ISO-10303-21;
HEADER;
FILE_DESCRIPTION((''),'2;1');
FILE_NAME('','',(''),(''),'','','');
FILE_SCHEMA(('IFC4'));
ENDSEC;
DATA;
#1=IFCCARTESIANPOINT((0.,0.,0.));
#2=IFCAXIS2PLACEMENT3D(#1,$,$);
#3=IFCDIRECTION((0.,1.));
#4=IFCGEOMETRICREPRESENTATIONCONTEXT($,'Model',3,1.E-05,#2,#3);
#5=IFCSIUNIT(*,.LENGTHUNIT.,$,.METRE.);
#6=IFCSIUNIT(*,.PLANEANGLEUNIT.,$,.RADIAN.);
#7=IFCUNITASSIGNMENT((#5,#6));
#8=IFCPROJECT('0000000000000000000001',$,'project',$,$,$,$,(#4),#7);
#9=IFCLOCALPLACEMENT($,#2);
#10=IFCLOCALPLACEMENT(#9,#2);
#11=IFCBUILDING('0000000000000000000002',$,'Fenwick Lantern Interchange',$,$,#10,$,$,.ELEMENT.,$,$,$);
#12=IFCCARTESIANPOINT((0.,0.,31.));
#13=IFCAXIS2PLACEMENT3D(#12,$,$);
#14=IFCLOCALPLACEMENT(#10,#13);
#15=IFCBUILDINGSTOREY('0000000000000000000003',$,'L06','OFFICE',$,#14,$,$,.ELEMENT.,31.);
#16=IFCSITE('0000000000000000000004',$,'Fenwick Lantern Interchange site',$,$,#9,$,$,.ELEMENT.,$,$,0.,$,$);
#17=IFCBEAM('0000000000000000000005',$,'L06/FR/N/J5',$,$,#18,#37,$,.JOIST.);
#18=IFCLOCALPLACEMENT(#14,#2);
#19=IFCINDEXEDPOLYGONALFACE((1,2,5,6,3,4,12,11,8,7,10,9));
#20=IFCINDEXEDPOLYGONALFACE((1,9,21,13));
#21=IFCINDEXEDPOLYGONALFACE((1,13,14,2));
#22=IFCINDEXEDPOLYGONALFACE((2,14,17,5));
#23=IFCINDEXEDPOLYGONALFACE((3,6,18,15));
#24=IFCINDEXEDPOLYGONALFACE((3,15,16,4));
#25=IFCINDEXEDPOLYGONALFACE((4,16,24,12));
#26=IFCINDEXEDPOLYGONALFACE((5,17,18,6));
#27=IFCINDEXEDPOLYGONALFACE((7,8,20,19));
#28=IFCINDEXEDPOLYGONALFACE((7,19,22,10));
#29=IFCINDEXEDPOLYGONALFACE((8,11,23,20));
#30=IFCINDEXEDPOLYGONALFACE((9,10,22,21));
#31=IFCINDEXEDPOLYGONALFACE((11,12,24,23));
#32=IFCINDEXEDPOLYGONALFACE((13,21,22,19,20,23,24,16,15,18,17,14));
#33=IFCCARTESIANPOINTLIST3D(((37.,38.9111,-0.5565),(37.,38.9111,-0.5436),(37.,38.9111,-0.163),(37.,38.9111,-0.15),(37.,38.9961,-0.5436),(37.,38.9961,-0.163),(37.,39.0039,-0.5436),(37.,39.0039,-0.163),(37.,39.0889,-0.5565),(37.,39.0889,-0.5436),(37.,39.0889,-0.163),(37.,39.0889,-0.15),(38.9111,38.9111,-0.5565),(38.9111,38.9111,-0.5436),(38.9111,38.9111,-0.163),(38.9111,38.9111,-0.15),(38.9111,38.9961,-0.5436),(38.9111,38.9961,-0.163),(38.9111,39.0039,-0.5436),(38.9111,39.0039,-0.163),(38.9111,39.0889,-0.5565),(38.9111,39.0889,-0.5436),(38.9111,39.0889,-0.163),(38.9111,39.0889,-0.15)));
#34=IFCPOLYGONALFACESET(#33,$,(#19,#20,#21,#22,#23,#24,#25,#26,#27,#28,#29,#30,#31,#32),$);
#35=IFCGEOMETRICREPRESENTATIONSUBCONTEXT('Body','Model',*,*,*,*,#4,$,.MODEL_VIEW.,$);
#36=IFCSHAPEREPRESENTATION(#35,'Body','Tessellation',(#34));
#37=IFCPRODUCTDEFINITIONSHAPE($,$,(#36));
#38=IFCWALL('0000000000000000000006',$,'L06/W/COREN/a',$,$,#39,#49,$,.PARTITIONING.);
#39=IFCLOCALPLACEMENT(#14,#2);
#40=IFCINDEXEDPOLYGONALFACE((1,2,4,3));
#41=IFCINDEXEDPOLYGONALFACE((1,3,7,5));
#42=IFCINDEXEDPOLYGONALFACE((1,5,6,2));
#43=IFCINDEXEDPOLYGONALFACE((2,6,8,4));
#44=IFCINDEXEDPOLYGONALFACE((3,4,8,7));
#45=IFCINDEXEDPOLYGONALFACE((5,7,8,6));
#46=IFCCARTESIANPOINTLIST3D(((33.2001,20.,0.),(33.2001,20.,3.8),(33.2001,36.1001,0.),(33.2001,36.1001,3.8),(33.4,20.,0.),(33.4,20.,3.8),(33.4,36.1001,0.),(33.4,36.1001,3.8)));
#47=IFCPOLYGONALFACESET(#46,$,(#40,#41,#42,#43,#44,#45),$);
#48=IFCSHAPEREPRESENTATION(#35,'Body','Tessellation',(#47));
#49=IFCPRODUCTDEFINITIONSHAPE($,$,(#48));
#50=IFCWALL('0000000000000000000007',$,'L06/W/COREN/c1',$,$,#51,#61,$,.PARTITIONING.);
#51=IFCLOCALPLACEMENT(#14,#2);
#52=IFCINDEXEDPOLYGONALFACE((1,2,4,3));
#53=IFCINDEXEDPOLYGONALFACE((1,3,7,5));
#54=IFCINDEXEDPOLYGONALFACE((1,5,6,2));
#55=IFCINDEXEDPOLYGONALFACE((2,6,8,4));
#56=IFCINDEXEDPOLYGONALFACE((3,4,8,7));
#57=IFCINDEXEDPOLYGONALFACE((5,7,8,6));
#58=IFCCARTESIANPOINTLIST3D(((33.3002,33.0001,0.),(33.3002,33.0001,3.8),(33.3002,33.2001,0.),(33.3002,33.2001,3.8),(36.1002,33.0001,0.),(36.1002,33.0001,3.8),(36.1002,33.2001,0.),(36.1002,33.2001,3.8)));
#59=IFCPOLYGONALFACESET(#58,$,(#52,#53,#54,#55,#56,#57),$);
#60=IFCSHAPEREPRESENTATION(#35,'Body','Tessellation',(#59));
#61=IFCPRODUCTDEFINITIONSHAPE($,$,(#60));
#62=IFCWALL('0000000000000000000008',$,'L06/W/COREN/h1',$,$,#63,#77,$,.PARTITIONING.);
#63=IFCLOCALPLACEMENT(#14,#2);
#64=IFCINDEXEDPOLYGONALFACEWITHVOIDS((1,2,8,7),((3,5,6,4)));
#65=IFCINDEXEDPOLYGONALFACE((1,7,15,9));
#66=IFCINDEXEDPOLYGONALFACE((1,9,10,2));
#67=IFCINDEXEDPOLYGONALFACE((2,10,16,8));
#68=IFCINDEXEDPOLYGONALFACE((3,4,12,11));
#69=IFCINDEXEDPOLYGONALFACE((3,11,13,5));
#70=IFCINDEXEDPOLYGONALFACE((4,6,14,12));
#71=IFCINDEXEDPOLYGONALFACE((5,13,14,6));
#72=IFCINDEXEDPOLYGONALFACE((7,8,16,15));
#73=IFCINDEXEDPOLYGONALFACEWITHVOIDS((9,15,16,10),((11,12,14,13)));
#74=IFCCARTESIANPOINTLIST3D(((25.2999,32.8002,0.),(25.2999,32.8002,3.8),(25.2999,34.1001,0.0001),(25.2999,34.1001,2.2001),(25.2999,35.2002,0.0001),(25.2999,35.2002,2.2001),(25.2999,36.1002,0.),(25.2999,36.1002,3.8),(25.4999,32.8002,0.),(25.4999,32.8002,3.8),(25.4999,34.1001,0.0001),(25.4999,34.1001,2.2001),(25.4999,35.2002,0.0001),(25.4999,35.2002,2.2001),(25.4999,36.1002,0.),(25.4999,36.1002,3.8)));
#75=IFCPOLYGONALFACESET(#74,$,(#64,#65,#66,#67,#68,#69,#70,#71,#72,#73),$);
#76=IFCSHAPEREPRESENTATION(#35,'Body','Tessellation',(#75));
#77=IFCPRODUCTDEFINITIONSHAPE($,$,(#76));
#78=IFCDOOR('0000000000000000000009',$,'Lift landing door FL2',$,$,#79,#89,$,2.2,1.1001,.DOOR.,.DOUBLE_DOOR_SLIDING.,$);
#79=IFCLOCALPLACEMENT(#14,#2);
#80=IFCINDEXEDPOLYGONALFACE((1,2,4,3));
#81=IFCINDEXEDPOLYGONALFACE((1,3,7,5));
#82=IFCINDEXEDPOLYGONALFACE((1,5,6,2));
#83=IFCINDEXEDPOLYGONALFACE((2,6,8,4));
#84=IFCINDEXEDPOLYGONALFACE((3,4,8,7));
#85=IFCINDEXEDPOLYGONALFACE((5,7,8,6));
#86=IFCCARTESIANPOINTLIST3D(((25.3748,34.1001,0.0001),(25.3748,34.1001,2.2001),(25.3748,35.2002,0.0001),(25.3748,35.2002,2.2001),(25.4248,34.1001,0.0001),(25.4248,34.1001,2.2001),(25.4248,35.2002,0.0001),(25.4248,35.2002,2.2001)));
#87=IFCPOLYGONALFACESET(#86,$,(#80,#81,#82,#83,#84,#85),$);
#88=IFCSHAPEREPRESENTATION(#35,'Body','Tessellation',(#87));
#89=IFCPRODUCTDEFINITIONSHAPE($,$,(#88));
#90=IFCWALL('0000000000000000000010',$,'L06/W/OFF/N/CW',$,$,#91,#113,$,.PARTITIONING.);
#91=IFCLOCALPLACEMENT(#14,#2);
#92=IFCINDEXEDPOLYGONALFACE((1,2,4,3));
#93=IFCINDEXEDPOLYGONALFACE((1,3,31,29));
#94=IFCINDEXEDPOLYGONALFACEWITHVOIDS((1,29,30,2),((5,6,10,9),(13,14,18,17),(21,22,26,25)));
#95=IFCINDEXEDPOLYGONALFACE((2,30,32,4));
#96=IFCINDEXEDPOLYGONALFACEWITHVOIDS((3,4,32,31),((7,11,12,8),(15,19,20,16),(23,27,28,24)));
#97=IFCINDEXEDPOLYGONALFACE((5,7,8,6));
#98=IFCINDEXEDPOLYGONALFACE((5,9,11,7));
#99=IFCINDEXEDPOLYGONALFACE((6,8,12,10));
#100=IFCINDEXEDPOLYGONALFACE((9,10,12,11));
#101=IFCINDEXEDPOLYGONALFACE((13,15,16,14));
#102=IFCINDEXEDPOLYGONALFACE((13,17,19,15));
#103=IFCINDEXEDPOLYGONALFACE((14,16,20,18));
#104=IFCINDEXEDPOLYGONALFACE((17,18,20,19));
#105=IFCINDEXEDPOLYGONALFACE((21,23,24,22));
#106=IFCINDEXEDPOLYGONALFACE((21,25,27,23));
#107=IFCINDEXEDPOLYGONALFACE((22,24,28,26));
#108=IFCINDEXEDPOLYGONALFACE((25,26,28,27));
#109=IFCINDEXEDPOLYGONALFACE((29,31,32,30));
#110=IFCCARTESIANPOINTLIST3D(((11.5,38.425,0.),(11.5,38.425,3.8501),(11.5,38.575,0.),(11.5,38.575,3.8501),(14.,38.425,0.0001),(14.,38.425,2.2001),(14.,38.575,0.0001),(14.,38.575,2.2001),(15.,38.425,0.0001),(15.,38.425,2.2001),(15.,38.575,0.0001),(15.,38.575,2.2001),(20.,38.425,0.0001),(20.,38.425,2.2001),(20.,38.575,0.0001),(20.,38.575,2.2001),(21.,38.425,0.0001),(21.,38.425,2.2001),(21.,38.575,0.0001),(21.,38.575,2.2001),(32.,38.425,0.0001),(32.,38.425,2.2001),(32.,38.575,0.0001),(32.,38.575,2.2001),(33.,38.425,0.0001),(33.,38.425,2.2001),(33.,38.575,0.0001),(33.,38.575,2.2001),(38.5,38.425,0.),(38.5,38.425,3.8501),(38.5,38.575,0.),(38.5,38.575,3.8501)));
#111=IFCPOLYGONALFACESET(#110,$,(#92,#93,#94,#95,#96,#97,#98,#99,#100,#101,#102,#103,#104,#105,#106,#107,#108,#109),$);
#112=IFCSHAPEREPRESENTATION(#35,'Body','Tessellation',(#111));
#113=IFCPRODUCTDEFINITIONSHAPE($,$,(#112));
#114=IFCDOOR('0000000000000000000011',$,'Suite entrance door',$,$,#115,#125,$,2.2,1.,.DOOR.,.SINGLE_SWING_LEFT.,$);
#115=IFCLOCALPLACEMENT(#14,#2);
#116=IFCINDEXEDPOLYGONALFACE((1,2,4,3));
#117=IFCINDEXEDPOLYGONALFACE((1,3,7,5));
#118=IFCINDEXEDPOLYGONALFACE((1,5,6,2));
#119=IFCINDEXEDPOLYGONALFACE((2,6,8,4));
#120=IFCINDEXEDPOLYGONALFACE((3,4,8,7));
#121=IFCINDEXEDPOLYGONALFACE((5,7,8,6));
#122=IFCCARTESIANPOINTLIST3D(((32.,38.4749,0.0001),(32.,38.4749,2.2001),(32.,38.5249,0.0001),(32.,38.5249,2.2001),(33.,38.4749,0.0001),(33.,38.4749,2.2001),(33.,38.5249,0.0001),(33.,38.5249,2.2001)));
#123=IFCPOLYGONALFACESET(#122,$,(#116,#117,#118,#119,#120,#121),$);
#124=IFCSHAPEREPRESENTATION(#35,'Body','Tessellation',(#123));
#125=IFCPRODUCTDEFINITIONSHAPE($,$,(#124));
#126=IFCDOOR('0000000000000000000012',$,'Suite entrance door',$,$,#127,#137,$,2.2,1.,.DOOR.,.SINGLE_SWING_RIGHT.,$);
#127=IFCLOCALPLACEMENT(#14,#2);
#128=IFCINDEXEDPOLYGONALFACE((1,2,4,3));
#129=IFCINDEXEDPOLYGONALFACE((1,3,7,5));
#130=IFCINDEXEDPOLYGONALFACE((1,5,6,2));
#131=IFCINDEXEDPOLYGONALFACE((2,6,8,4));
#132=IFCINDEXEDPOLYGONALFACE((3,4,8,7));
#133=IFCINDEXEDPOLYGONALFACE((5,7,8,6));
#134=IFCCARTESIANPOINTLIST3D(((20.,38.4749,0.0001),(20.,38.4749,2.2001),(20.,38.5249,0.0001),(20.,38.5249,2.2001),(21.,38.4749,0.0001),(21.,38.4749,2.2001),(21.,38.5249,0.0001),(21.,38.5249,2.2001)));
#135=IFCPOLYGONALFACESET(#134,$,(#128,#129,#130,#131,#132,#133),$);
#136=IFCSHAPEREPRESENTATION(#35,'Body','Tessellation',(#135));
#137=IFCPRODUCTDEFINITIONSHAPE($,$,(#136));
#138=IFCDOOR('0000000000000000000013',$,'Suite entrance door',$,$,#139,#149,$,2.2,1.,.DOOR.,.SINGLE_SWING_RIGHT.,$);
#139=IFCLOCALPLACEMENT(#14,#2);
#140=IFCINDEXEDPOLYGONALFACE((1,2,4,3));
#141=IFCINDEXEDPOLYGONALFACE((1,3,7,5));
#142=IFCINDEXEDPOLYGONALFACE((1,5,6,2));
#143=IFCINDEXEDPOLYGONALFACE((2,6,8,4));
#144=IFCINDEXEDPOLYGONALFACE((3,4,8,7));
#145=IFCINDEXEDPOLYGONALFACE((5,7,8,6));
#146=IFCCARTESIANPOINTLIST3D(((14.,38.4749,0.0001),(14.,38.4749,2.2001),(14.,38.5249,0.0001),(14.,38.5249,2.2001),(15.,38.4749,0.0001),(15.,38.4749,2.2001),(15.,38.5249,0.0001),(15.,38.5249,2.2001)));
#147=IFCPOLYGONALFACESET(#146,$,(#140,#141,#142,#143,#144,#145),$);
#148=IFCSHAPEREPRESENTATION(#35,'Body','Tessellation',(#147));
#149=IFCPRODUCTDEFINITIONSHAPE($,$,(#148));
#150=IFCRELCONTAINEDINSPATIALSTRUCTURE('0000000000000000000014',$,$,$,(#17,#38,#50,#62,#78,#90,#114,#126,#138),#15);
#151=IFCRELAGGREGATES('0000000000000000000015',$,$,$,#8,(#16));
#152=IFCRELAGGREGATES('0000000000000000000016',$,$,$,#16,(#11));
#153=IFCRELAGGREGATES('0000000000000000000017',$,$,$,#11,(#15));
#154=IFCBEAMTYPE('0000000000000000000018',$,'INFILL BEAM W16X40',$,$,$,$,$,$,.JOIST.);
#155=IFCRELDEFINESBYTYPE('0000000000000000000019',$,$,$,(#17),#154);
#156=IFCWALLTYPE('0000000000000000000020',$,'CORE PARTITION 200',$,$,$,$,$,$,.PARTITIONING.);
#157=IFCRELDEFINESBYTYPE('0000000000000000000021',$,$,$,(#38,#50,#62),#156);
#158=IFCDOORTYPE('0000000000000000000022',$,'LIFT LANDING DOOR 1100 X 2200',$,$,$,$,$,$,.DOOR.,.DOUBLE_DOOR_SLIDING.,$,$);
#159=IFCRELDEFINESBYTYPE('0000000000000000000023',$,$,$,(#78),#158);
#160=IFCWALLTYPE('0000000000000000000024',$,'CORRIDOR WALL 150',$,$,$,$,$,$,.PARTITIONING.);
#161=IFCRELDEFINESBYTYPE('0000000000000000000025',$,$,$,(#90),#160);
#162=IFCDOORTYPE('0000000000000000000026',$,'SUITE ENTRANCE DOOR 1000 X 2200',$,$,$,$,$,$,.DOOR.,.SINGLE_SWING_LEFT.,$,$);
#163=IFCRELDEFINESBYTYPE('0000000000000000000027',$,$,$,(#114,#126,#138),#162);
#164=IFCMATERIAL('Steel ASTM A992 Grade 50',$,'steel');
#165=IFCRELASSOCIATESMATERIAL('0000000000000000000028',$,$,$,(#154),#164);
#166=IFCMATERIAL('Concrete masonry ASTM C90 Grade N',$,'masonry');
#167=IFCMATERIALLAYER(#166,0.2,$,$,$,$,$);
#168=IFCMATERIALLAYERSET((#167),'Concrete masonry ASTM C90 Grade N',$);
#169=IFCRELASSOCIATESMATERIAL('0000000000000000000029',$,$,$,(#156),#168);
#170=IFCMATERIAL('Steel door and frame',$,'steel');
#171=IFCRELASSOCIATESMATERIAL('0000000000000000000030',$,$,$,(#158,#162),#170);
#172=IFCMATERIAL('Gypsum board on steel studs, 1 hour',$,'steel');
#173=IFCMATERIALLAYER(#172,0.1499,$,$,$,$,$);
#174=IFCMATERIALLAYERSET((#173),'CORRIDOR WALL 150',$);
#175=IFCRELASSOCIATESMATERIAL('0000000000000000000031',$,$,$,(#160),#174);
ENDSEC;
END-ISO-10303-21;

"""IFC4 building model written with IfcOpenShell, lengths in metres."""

from ifc_helpers import new_model, si_unit, direction, frame, frame_2d, origin, origin_2d, place, context, subcontext, project, spatial, rectangle, i_section, extrude, material, layer, layer_set, material_profile, profile_set, type_object, element, fill, save


model = new_model("IFC4")

# Units and contexts
model_context = context("Model", 3, precision=1e-05, world=origin(), true_north=direction((0.0, 1.0)))
body_context = subcontext(model_context, "Body", "Model", "MODEL_VIEW")
ifc_project = project(units=[si_unit("LENGTHUNIT", "METRE"), si_unit("PLANEANGLEUNIT", "RADIAN")], contexts=[model_context])

# Site, building, storey
site_placement = place(None, origin())
site = spatial("IfcSite", under=ifc_project, at=site_placement, Name="Fenwick Lantern Interchange site", CompositionType="ELEMENT", RefElevation=0.0)
building_placement = place(site_placement, origin())
building = spatial("IfcBuilding", under=site, at=building_placement, Name="Fenwick Lantern Interchange", CompositionType="ELEMENT")
storey_placement = place(building_placement, frame((0.0, 0.0, 31.0)))
storey = spatial("IfcBuildingStorey", under=building, at=storey_placement, Name="L06", Description="OFFICE", CompositionType="ELEMENT", Elevation=31.0)

# Beam
ifc_material_1 = material(Name="Steel ASTM A992 Grade 50", Category="steel")
ifc_material_profile = material_profile(ifc_material_1, i_section(OverallWidth=0.1777, OverallDepth=0.4065, WebThickness=0.0078, FlangeThickness=0.0129, at=origin_2d()), Name="W16X40")
ifc_profile_set = profile_set([ifc_material_profile], Name="Steel ASTM A992 Grade 50")
beam_type = type_object("IfcBeamType", Name="INFILL BEAM W16X40", PredefinedType="JOIST", material=ifc_profile_set)
beam_placement = place(storey_placement, frame((38.9111, 39.0, -0.3533), z_axis=(-1.0, 0.0, 0.0), x_axis=(0.0, -1.0, 0.0)))
element("IfcBeam", 1, at=beam_placement, inside=storey, type_object=beam_type, Name="L06/FR/N/J5", PredefinedType="JOIST", context=body_context, shape_type="SweptSolid", body=[
    extrude(i_section(OverallWidth=0.1777, OverallDepth=0.4065, WebThickness=0.0078, FlangeThickness=0.0129, at=origin_2d()), origin(), (0.0, 0.0, 1.0), 1.9111),
])

# Walls
ifc_material_2 = material(Name="Concrete masonry ASTM C90 Grade N", Category="masonry")
ifc_layer_1 = layer(ifc_material_2, 0.2)
ifc_layer_set_1 = layer_set([ifc_layer_1], Name="Concrete masonry ASTM C90 Grade N")
wall_type_1 = type_object("IfcWallType", Name="CORE PARTITION 200", PredefinedType="PARTITIONING", material=ifc_layer_set_1)
wall_1_placement = place(storey_placement, frame((33.3, 36.1001, 0.0), z_axis=(0.0, 0.0, 1.0), x_axis=(0.0, -1.0, 0.0)))
element("IfcWall", 2, at=wall_1_placement, inside=storey, type_object=wall_type_1, Name="L06/W/COREN/a", PredefinedType="PARTITIONING", context=body_context, shape_type="SweptSolid", body=[
    extrude(rectangle(XDim=16.1001, YDim=0.2, at=frame_2d((8.05, 0.0))), origin(), (0.0, 0.0, 1.0), 3.8),
])
wall_2_placement = place(storey_placement, frame((36.1001, 33.1001, 0.0), z_axis=(0.0, 0.0, 1.0), x_axis=(-1.0, 0.0, 0.0)))
element("IfcWall", 3, at=wall_2_placement, inside=storey, type_object=wall_type_1, Name="L06/W/COREN/c1", PredefinedType="PARTITIONING", context=body_context, shape_type="SweptSolid", body=[
    extrude(rectangle(XDim=2.8, YDim=0.2, at=frame_2d((1.3999, 0.0))), origin(), (0.0, 0.0, 1.0), 3.8),
])

# Wall, opening, door
wall_3_placement = place(storey_placement, frame((25.3999, 36.1001, 0.0), z_axis=(0.0, 0.0, 1.0), x_axis=(0.0, -1.0, 0.0)))
wall_3 = element("IfcWall", 4, at=wall_3_placement, inside=storey, type_object=wall_type_1, Name="L06/W/COREN/h1", PredefinedType="PARTITIONING", context=body_context, shape_type="SweptSolid", body=[
    extrude(rectangle(XDim=3.3, YDim=0.2, at=frame_2d((1.6499, 0.0))), origin(), (0.0, 0.0, 1.0), 3.8),
])
opening_1_placement = place(wall_3_placement, frame((0.8999, 0.0, 0.0)))
opening_1 = element("IfcOpeningElement", 5, at=opening_1_placement, cuts=wall_3, PredefinedType="OPENING", context=body_context, shape_type="SweptSolid", body=[
    extrude(rectangle(XDim=1.1001, YDim=2.2, at=frame_2d((0.55, 1.1001))), frame((0.0, 0.1099, 0.0), z_axis=(0.0, -1.0, 0.0), x_axis=(1.0, 0.0, 0.0)), (0.0, 0.0, 1.0), 0.22),
])
ifc_material_3 = material(Name="Steel door and frame", Category="steel")
door_type_1 = type_object("IfcDoorType", Name="LIFT LANDING DOOR 1100 X 2200", OperationType="DOUBLE_DOOR_SLIDING", PredefinedType="DOOR", material=ifc_material_3)
door_1_placement = place(opening_1_placement, origin())
door_1 = element("IfcDoor", 6, at=door_1_placement, inside=storey, type_object=door_type_1, Name="Lift landing door FL2", OperationType="DOUBLE_DOOR_SLIDING", OverallHeight=2.2, OverallWidth=1.1001, PredefinedType="DOOR", context=body_context, shape_type="SweptSolid", body=[
    extrude(rectangle(XDim=1.1001, YDim=2.2, at=frame_2d((0.55, 1.1001))), frame((0.0, 0.0249, 0.0), z_axis=(0.0, -1.0, 0.0), x_axis=(1.0, 0.0, 0.0)), (0.0, 0.0, 1.0), 0.05),
])
fill(opening_1, door_1)

# Wall, openings, doors
ifc_material_4 = material(Name="Gypsum board on steel studs, 1 hour", Category="steel")
ifc_layer_2 = layer(ifc_material_4, 0.1499)
ifc_layer_set_2 = layer_set([ifc_layer_2], Name="CORRIDOR WALL 150")
wall_type_2 = type_object("IfcWallType", Name="CORRIDOR WALL 150", PredefinedType="PARTITIONING", material=ifc_layer_set_2)
wall_4_placement = place(storey_placement, frame((38.5, 38.5, 0.0), z_axis=(0.0, 0.0, 1.0), x_axis=(-1.0, 0.0, 0.0)))
wall_4 = element("IfcWall", 7, at=wall_4_placement, inside=storey, type_object=wall_type_2, Name="L06/W/OFF/N/CW", PredefinedType="PARTITIONING", context=body_context, shape_type="SweptSolid", body=[
    extrude(rectangle(XDim=27.0, YDim=0.1499, at=frame_2d((13.5, 0.0))), origin(), (0.0, 0.0, 1.0), 3.8501),
])
opening_2_placement = place(wall_4_placement, frame((5.5, 0.0, 0.0)))
opening_2 = element("IfcOpeningElement", 8, at=opening_2_placement, cuts=wall_4, PredefinedType="OPENING", context=body_context, shape_type="SweptSolid", body=[
    extrude(rectangle(XDim=1.0, YDim=2.2, at=frame_2d((0.5, 1.1001))), frame((0.0, 0.085, 0.0), z_axis=(0.0, -1.0, 0.0), x_axis=(1.0, 0.0, 0.0)), (0.0, 0.0, 1.0), 0.1699),
])
opening_3_placement = place(wall_4_placement, frame((17.5, 0.0, 0.0)))
opening_3 = element("IfcOpeningElement", 9, at=opening_3_placement, cuts=wall_4, PredefinedType="OPENING", context=body_context, shape_type="SweptSolid", body=[
    extrude(rectangle(XDim=1.0, YDim=2.2, at=frame_2d((0.5, 1.1001))), frame((0.0, 0.085, 0.0), z_axis=(0.0, -1.0, 0.0), x_axis=(1.0, 0.0, 0.0)), (0.0, 0.0, 1.0), 0.1699),
])
opening_4_placement = place(wall_4_placement, frame((23.5, 0.0, 0.0)))
opening_4 = element("IfcOpeningElement", 10, at=opening_4_placement, cuts=wall_4, PredefinedType="OPENING", context=body_context, shape_type="SweptSolid", body=[
    extrude(rectangle(XDim=1.0, YDim=2.2, at=frame_2d((0.5, 1.1001))), frame((0.0, 0.085, 0.0), z_axis=(0.0, -1.0, 0.0), x_axis=(1.0, 0.0, 0.0)), (0.0, 0.0, 1.0), 0.1699),
])
door_type_2 = type_object("IfcDoorType", Name="SUITE ENTRANCE DOOR 1000 X 2200", OperationType="SINGLE_SWING_LEFT", PredefinedType="DOOR", material=ifc_material_3)
door_2_placement = place(opening_2_placement, frame((1.0, 0.0, 0.0), z_axis=(0.0, 0.0, 1.0), x_axis=(-1.0, 0.0, 0.0)))
door_2 = element("IfcDoor", 11, at=door_2_placement, inside=storey, type_object=door_type_2, Name="Suite entrance door", OperationType="SINGLE_SWING_LEFT", OverallHeight=2.2, OverallWidth=1.0, PredefinedType="DOOR", context=body_context, shape_type="SweptSolid", body=[
    extrude(rectangle(XDim=1.0, YDim=2.2, at=frame_2d((0.5, 1.1001))), frame((0.0, 0.0249, 0.0), z_axis=(0.0, -1.0, 0.0), x_axis=(1.0, 0.0, 0.0)), (0.0, 0.0, 1.0), 0.05),
])
fill(opening_2, door_2)
door_3_placement = place(opening_3_placement, frame((1.0, 0.0, 0.0), z_axis=(0.0, 0.0, 1.0), x_axis=(-1.0, 0.0, 0.0)))
door_3 = element("IfcDoor", 12, at=door_3_placement, inside=storey, type_object=door_type_2, Name="Suite entrance door", OperationType="SINGLE_SWING_RIGHT", OverallHeight=2.2, OverallWidth=1.0, PredefinedType="DOOR", context=body_context, shape_type="SweptSolid", body=[
    extrude(rectangle(XDim=1.0, YDim=2.2, at=frame_2d((0.5, 1.1001))), frame((0.0, 0.0249, 0.0), z_axis=(0.0, -1.0, 0.0), x_axis=(1.0, 0.0, 0.0)), (0.0, 0.0, 1.0), 0.05),
])
fill(opening_3, door_3)
door_4_placement = place(opening_4_placement, frame((1.0, 0.0, 0.0), z_axis=(0.0, 0.0, 1.0), x_axis=(-1.0, 0.0, 0.0)))
door_4 = element("IfcDoor", 13, at=door_4_placement, inside=storey, type_object=door_type_2, Name="Suite entrance door", OperationType="SINGLE_SWING_RIGHT", OverallHeight=2.2, OverallWidth=1.0, PredefinedType="DOOR", context=body_context, shape_type="SweptSolid", body=[
    extrude(rectangle(XDim=1.0, YDim=2.2, at=frame_2d((0.5, 1.1001))), frame((0.0, 0.0249, 0.0), z_axis=(0.0, -1.0, 0.0), x_axis=(1.0, 0.0, 0.0)), (0.0, 0.0, 1.0), 0.05),
])
fill(opening_4, door_4)

save(model, "model.ifc")
